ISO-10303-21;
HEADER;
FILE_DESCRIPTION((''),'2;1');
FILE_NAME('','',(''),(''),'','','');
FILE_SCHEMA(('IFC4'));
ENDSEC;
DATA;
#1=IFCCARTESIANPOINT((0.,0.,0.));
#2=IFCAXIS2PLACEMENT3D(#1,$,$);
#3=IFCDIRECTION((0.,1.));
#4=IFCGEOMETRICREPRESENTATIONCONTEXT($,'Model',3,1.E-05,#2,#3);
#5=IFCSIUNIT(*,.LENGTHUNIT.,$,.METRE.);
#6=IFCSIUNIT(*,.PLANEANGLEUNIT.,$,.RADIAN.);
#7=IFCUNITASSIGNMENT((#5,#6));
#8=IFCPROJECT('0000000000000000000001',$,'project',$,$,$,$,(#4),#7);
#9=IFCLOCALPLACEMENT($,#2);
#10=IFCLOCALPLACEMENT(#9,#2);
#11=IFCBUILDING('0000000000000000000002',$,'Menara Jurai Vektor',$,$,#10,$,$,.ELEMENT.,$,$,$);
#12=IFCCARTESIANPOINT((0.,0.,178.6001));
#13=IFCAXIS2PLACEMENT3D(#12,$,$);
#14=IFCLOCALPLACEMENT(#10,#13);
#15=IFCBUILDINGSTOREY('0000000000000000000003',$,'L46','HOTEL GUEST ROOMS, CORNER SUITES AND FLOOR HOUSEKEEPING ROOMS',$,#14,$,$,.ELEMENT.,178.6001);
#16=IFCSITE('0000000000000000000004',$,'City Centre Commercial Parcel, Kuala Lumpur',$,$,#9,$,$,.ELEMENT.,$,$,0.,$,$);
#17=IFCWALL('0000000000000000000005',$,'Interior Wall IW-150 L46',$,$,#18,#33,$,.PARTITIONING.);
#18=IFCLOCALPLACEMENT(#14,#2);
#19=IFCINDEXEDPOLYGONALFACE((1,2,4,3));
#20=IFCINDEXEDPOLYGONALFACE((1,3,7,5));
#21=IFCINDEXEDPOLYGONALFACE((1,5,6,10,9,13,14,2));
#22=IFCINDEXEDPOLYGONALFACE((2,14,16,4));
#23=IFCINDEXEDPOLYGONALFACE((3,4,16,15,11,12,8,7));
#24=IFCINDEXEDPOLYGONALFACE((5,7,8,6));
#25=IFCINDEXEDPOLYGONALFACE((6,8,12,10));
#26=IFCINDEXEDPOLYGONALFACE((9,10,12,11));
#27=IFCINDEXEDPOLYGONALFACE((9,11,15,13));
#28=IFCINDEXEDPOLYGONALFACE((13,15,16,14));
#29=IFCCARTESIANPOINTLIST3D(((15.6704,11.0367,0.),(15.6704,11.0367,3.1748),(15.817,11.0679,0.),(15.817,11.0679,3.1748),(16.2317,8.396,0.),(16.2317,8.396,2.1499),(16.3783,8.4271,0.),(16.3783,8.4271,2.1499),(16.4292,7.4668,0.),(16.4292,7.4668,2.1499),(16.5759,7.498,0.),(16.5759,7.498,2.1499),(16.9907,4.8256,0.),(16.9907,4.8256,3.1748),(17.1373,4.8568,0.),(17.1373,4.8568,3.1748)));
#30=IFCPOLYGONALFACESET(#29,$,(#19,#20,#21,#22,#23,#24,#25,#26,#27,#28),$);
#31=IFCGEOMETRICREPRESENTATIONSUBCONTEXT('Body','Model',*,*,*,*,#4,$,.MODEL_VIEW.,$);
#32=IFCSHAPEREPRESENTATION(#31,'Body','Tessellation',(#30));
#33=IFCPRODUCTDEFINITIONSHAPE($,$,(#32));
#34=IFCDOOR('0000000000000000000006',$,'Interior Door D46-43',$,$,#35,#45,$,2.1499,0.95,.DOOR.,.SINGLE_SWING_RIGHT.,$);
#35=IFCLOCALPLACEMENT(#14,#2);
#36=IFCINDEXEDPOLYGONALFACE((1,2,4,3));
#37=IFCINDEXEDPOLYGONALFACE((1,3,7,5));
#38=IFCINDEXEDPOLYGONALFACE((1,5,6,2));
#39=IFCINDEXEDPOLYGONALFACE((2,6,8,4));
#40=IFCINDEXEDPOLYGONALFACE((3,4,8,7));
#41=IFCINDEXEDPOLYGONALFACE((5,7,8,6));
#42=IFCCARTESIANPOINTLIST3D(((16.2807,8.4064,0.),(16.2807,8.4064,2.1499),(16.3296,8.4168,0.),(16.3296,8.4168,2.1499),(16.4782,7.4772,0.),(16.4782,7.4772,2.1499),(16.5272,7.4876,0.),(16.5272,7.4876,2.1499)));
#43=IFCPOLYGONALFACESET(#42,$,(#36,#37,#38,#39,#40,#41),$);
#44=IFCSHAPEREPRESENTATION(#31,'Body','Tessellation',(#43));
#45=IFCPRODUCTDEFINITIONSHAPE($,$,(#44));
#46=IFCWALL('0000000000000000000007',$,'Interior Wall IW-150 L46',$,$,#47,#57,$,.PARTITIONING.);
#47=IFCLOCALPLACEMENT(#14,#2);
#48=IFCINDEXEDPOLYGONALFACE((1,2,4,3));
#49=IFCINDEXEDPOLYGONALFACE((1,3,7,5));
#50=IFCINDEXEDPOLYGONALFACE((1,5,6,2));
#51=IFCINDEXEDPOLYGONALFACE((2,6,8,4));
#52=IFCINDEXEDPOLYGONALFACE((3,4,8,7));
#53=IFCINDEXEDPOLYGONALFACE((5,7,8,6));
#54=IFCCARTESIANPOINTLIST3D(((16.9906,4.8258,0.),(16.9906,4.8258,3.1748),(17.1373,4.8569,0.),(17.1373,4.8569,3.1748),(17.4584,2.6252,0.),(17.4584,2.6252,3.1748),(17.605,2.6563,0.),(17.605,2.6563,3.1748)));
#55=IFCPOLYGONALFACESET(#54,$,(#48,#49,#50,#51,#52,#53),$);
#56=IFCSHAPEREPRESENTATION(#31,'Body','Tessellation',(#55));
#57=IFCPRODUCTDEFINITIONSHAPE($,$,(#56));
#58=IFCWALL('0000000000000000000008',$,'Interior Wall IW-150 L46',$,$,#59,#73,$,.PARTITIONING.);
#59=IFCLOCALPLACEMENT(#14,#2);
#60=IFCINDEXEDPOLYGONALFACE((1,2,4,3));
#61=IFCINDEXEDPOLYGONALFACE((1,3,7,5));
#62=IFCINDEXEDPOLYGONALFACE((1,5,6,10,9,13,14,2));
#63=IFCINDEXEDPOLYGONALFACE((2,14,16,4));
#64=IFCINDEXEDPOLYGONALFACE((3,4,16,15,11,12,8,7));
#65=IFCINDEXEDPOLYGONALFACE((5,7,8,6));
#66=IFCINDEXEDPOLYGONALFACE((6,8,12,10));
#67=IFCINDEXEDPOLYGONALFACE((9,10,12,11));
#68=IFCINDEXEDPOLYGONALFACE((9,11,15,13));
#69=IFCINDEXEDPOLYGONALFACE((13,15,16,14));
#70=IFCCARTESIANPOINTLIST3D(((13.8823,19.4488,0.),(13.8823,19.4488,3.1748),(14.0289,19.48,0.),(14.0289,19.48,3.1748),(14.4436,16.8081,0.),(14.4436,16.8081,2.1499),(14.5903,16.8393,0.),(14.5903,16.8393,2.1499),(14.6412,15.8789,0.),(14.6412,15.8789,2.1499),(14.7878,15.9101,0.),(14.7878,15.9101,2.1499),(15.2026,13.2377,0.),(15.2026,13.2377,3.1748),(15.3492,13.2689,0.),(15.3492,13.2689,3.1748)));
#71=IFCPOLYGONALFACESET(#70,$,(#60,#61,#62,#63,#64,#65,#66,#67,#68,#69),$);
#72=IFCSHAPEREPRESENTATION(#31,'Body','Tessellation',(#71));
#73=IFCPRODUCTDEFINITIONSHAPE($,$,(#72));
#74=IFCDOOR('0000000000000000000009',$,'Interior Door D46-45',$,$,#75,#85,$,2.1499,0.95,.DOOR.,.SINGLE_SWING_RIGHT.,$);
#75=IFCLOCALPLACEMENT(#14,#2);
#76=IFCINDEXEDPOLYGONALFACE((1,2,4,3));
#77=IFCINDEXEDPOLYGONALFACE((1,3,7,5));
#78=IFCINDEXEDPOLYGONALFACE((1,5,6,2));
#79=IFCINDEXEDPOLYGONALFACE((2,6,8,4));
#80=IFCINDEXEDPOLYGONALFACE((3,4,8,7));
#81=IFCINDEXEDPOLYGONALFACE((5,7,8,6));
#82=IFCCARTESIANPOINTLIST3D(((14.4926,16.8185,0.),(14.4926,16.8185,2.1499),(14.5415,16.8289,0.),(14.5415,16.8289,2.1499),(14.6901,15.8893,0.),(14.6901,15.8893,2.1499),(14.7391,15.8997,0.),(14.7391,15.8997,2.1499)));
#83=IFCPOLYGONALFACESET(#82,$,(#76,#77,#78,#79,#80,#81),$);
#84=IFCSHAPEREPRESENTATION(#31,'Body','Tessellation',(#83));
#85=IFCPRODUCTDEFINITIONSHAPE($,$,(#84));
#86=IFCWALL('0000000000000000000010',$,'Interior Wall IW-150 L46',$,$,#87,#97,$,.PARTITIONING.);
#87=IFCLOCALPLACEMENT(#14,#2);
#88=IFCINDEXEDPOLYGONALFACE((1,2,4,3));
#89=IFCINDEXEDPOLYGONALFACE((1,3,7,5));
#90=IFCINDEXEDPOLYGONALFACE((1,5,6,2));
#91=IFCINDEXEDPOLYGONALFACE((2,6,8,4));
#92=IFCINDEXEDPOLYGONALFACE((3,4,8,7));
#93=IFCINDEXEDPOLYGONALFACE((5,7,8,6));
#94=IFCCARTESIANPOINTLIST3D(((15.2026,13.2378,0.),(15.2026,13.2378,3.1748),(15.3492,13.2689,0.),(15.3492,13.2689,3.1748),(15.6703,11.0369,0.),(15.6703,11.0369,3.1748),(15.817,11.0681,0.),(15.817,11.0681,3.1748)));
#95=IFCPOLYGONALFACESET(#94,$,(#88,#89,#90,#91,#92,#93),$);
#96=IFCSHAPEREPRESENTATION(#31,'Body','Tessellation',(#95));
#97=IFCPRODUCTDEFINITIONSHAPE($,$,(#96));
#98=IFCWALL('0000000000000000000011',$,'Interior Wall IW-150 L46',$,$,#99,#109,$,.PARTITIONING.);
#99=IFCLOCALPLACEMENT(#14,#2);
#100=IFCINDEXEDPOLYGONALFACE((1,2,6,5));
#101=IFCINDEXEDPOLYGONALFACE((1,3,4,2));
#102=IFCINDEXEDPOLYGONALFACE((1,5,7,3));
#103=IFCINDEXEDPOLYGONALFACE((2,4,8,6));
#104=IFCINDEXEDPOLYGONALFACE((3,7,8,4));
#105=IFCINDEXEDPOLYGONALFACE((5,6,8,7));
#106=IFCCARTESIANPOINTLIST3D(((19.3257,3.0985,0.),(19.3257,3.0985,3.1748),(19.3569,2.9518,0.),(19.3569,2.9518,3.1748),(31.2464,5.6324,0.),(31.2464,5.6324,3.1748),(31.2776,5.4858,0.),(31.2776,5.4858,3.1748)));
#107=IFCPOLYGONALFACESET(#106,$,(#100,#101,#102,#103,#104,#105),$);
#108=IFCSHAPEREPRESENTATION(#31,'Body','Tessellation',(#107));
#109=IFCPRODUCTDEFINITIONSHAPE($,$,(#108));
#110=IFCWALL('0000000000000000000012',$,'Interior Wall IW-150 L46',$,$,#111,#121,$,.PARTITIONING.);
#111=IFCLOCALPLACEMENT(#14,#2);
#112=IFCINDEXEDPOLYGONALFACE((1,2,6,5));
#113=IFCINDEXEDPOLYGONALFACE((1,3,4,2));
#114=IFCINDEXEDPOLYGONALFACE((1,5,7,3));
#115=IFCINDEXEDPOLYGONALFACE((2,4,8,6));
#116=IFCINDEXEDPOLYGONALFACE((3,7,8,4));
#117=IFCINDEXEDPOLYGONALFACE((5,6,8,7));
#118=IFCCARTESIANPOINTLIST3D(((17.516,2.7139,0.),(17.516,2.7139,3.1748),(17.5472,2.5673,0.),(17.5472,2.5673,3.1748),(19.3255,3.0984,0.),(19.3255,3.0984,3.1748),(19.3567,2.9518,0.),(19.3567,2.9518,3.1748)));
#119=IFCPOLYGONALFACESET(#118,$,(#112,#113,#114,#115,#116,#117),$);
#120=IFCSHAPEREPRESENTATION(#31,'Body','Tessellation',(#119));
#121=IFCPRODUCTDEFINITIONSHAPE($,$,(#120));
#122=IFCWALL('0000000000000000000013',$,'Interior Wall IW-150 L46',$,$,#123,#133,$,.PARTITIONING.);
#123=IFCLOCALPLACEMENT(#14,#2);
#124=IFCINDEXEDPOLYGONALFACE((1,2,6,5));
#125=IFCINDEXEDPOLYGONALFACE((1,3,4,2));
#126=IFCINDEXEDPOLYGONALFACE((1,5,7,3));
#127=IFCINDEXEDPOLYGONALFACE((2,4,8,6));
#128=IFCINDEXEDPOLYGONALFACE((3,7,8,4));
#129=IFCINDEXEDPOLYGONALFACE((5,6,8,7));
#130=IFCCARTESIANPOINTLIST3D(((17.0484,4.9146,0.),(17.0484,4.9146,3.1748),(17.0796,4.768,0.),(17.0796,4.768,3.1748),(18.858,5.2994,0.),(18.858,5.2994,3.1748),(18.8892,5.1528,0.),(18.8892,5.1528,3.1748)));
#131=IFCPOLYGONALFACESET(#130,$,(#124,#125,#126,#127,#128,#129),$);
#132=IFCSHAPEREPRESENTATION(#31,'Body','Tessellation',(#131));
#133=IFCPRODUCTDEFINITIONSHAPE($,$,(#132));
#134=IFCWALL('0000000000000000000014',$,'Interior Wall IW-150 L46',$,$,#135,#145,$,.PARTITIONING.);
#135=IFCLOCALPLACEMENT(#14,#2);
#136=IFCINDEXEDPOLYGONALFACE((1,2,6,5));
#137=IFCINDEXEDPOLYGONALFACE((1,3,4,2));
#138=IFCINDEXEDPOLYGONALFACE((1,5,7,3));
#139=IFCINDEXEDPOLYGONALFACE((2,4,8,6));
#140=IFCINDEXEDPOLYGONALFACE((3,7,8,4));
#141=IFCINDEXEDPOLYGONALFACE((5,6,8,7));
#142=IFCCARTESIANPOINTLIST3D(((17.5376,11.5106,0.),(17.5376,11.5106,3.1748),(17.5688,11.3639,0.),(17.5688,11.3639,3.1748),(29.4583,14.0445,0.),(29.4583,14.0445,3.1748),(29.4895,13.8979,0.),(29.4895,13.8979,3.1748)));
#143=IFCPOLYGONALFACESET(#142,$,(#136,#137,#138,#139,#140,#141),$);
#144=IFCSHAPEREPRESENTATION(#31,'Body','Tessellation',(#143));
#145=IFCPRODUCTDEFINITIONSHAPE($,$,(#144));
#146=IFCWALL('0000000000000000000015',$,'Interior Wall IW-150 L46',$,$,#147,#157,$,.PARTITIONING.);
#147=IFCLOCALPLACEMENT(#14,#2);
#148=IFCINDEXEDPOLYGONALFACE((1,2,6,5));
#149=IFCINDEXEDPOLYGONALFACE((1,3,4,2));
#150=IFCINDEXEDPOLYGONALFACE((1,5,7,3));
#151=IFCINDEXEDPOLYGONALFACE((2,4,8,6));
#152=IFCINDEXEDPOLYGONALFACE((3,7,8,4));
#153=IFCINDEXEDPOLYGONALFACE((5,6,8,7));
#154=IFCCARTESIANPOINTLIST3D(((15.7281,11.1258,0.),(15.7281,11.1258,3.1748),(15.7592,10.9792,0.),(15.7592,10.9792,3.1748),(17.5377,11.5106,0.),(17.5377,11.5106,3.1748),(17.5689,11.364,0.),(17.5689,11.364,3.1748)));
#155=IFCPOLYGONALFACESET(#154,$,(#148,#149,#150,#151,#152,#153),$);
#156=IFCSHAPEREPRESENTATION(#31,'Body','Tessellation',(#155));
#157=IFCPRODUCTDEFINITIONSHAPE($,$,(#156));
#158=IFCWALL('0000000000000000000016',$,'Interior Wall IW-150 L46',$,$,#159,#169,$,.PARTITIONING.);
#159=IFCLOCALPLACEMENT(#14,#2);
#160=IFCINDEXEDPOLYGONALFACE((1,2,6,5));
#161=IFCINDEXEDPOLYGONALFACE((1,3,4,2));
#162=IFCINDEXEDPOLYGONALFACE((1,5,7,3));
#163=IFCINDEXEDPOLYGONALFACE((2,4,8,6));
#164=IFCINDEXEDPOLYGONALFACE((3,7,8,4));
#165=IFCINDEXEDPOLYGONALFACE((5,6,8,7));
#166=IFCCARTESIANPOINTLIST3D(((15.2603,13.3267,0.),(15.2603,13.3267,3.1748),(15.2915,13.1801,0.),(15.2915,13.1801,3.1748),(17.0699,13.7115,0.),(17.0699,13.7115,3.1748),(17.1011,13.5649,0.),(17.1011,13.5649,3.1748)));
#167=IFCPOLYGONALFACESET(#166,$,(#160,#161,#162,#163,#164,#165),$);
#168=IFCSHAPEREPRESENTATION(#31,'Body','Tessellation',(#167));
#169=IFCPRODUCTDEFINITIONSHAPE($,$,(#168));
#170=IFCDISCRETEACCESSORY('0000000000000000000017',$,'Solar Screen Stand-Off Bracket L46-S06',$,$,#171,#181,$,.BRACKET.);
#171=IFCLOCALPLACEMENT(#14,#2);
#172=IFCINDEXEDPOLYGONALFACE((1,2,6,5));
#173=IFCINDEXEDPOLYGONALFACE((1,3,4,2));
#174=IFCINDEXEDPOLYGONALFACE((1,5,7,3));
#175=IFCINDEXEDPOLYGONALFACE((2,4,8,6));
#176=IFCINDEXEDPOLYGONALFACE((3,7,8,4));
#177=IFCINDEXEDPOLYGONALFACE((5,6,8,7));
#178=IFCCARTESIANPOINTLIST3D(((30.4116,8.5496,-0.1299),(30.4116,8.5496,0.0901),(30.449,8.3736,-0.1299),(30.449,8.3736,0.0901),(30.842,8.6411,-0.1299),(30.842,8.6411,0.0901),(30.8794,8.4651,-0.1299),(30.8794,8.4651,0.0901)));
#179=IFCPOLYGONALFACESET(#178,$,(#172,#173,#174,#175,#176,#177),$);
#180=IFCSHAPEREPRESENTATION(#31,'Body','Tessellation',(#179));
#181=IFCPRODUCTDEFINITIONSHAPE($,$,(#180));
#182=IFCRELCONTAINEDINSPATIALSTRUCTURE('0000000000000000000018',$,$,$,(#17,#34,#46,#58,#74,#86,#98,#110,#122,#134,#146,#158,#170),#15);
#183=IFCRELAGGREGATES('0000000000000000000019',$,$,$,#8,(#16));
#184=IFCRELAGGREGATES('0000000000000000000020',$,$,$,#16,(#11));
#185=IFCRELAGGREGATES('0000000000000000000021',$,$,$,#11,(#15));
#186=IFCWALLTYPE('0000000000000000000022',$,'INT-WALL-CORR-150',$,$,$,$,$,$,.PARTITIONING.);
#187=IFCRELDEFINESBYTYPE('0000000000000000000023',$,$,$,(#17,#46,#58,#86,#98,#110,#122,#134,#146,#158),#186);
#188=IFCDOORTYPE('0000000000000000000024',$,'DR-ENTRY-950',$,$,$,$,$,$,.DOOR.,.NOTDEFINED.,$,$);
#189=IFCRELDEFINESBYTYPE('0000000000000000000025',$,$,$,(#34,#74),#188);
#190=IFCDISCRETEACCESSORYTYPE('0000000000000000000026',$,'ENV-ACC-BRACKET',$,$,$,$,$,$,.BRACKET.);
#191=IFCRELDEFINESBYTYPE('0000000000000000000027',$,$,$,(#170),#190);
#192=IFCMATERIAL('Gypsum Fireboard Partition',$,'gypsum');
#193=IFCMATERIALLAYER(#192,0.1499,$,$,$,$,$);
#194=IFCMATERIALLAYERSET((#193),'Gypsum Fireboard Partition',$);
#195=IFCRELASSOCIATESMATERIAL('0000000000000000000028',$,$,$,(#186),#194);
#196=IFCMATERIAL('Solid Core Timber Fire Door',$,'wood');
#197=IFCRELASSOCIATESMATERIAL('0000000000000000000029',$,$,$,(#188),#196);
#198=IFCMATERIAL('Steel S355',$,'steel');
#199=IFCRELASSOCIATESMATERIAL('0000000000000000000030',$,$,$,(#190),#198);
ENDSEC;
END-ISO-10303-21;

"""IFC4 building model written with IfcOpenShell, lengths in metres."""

from ifc_helpers import new_model, si_unit, direction, frame, frame_2d, origin, origin_2d, place, context, subcontext, project, spatial, rectangle, extrude, material, layer, layer_set, type_object, element, fill, save


model = new_model("IFC4")

# Units and contexts
model_context = context("Model", 3, precision=1e-05, world=origin(), true_north=direction((0.0, 1.0)))
body_context = subcontext(model_context, "Body", "Model", "MODEL_VIEW")
ifc_project = project(units=[si_unit("LENGTHUNIT", "METRE"), si_unit("PLANEANGLEUNIT", "RADIAN")], contexts=[model_context])

# Site, building, storey
site_placement = place(None, origin())
site = spatial("IfcSite", under=ifc_project, at=site_placement, Name="City Centre Commercial Parcel, Kuala Lumpur", CompositionType="ELEMENT", RefElevation=0.0)
building_placement = place(site_placement, origin())
building = spatial("IfcBuilding", under=site, at=building_placement, Name="Menara Jurai Vektor", CompositionType="ELEMENT")
storey_placement = place(building_placement, frame((0.0, 0.0, 178.6001)))
storey = spatial("IfcBuildingStorey", under=building, at=storey_placement, Name="L46", Description="HOTEL GUEST ROOMS, CORNER SUITES AND FLOOR HOUSEKEEPING ROOMS", CompositionType="ELEMENT", Elevation=178.6001)

# Shared definitions
ifc_material_1 = material(Name="Steel S355", Category="steel")

# Wall, opening, door
ifc_material_2 = material(Name="Gypsum Fireboard Partition", Category="gypsum")
ifc_layer_1 = layer(ifc_material_2, 0.1499)
ifc_layer_set_1 = layer_set([ifc_layer_1], Name="Gypsum Fireboard Partition")
wall_type = type_object("IfcWallType", Name="INT-WALL-CORR-150", PredefinedType="PARTITIONING", material=ifc_layer_set_1)
wall_1_placement = place(storey_placement, frame((17.064, 4.8413, 0.0), z_axis=(0.0, 0.0, 1.0), x_axis=(-0.207925, 0.978145, 0.0)))
wall_1 = element("IfcWall", 1, at=wall_1_placement, inside=storey, type_object=wall_type, Name="Interior Wall IW-150 L46", PredefinedType="PARTITIONING", context=body_context, shape_type="SweptSolid", body=[
    extrude(rectangle(XDim=6.3499, YDim=0.1499, at=frame_2d((3.1748, 0.0))), origin(), (0.0, 0.0, 1.0), 3.1748),
])
opening_1_placement = place(wall_1_placement, frame((2.7, 0.0, 0.0)))
opening_1 = element("IfcOpeningElement", 2, at=opening_1_placement, cuts=wall_1, PredefinedType="OPENING", context=body_context, shape_type="SweptSolid", body=[
    extrude(rectangle(XDim=0.95, YDim=2.1499, at=frame_2d((0.4751, 1.075))), frame((0.0, 0.085, 0.0), z_axis=(0.0, -1.0, 0.0), x_axis=(1.0, 0.0, 0.0)), (0.0, 0.0, 1.0), 0.1699),
])
ifc_material_3 = material(Name="Solid Core Timber Fire Door", Category="wood")
door_type_1 = type_object("IfcDoorType", Name="DR-ENTRY-950", OperationType="NOTDEFINED", PredefinedType="DOOR", material=ifc_material_3)
door_1_placement = place(opening_1_placement, origin())
door_1 = element("IfcDoor", 3, at=door_1_placement, inside=storey, type_object=door_type_1, Name="Interior Door D46-43", OperationType="SINGLE_SWING_RIGHT", OverallHeight=2.1499, OverallWidth=0.95, PredefinedType="DOOR", context=body_context, shape_type="SweptSolid", body=[
    extrude(rectangle(XDim=0.95, YDim=2.1499, at=frame_2d((0.4751, 1.075))), frame((0.0, 0.0249, 0.0), z_axis=(0.0, -1.0, 0.0), x_axis=(1.0, 0.0, 0.0)), (0.0, 0.0, 1.0), 0.05),
])
fill(opening_1, door_1)

# Wall
wall_2_placement = place(storey_placement, frame((17.5317, 2.6406, 0.0), z_axis=(0.0, 0.0, 1.0), x_axis=(-0.207913, 0.978147, 0.0)))
element("IfcWall", 4, at=wall_2_placement, inside=storey, type_object=wall_type, Name="Interior Wall IW-150 L46", PredefinedType="PARTITIONING", context=body_context, shape_type="SweptSolid", body=[
    extrude(rectangle(XDim=2.2498, YDim=0.1499, at=frame_2d((1.125, 0.0))), origin(), (0.0, 0.0, 1.0), 3.1748),
])

# Wall, opening, door
wall_3_placement = place(storey_placement, frame((15.2759, 13.2534, 0.0), z_axis=(0.0, 0.0, 1.0), x_axis=(-0.207925, 0.978145, 0.0)))
wall_3 = element("IfcWall", 5, at=wall_3_placement, inside=storey, type_object=wall_type, Name="Interior Wall IW-150 L46", PredefinedType="PARTITIONING", context=body_context, shape_type="SweptSolid", body=[
    extrude(rectangle(XDim=6.3499, YDim=0.1499, at=frame_2d((3.1748, 0.0))), origin(), (0.0, 0.0, 1.0), 3.1748),
])
opening_2_placement = place(wall_3_placement, frame((2.7, 0.0, 0.0)))
opening_2 = element("IfcOpeningElement", 6, at=opening_2_placement, cuts=wall_3, PredefinedType="OPENING", context=body_context, shape_type="SweptSolid", body=[
    extrude(rectangle(XDim=0.95, YDim=2.1499, at=frame_2d((0.4751, 1.075))), frame((0.0, 0.085, 0.0), z_axis=(0.0, -1.0, 0.0), x_axis=(1.0, 0.0, 0.0)), (0.0, 0.0, 1.0), 0.1699),
])
door_2_placement = place(opening_2_placement, origin())
door_2 = element("IfcDoor", 7, at=door_2_placement, inside=storey, type_object=door_type_1, Name="Interior Door D46-45", OperationType="SINGLE_SWING_RIGHT", OverallHeight=2.1499, OverallWidth=0.95, PredefinedType="DOOR", context=body_context, shape_type="SweptSolid", body=[
    extrude(rectangle(XDim=0.95, YDim=2.1499, at=frame_2d((0.4751, 1.075))), frame((0.0, 0.0249, 0.0), z_axis=(0.0, -1.0, 0.0), x_axis=(1.0, 0.0, 0.0)), (0.0, 0.0, 1.0), 0.05),
])
fill(opening_2, door_2)

# Walls
wall_4_placement = place(storey_placement, frame((15.7437, 11.0525, 0.0), z_axis=(0.0, 0.0, 1.0), x_axis=(-0.207891, 0.978152, 0.0)))
element("IfcWall", 8, at=wall_4_placement, inside=storey, type_object=wall_type, Name="Interior Wall IW-150 L46", PredefinedType="PARTITIONING", context=body_context, shape_type="SweptSolid", body=[
    extrude(rectangle(XDim=2.25, YDim=0.1499, at=frame_2d((1.125, 0.0))), origin(), (0.0, 0.0, 1.0), 3.1748),
])
wall_5_placement = place(storey_placement, frame((19.3413, 3.0251, 0.0), z_axis=(0.0, 0.0, 1.0), x_axis=(0.978146, 0.207921, 0.0)))
element("IfcWall", 9, at=wall_5_placement, inside=storey, type_object=wall_type, Name="Interior Wall IW-150 L46", PredefinedType="PARTITIONING", context=body_context, shape_type="SweptSolid", body=[
    extrude(rectangle(XDim=12.187, YDim=0.1499, at=frame_2d((6.0935, 0.0))), origin(), (0.0, 0.0, 1.0), 3.1748),
])
wall_6_placement = place(storey_placement, frame((17.5317, 2.6406, 0.0), z_axis=(0.0, 0.0, 1.0), x_axis=(0.97816, 0.207852, 0.0)))
element("IfcWall", 10, at=wall_6_placement, inside=storey, type_object=wall_type, Name="Interior Wall IW-150 L46", PredefinedType="PARTITIONING", context=body_context, shape_type="SweptSolid", body=[
    extrude(rectangle(XDim=1.8499, YDim=0.1499, at=frame_2d((0.9248, 0.0))), origin(), (0.0, 0.0, 1.0), 3.1748),
])
wall_7_placement = place(storey_placement, frame((17.064, 4.8413, 0.0), z_axis=(0.0, 0.0, 1.0), x_axis=(0.978133, 0.207979, 0.0)))
element("IfcWall", 11, at=wall_7_placement, inside=storey, type_object=wall_type, Name="Interior Wall IW-150 L46", PredefinedType="PARTITIONING", context=body_context, shape_type="SweptSolid", body=[
    extrude(rectangle(XDim=1.8501, YDim=0.1499, at=frame_2d((0.925, 0.0))), origin(), (0.0, 0.0, 1.0), 3.1748),
])

# Walls
wall_8_placement = place(storey_placement, frame((17.5532, 11.4373, 0.0), z_axis=(0.0, 0.0, 1.0), x_axis=(0.978146, 0.207921, 0.0)))
element("IfcWall", 12, at=wall_8_placement, inside=storey, type_object=wall_type, Name="Interior Wall IW-150 L46", PredefinedType="PARTITIONING", context=body_context, shape_type="SweptSolid", body=[
    extrude(rectangle(XDim=12.187, YDim=0.1499, at=frame_2d((6.0935, 0.0))), origin(), (0.0, 0.0, 1.0), 3.1748),
])
for number, where, z_axis, x_axis, name in (
    (13, (15.7437, 11.0525, 0.0), (0.0, 0.0, 1.0), (0.978133, 0.207979, 0.0), "Interior Wall IW-150 L46"),
    (14, (15.2759, 13.2534, 0.0), (0.0, 0.0, 1.0), (0.978133, 0.207979, 0.0), "Interior Wall IW-150 L46"),
):
    element("IfcWall", number, at=place(storey_placement, frame(where, z_axis=z_axis, x_axis=x_axis)), inside=storey, type_object=wall_type, Name=name, PredefinedType="PARTITIONING", context=body_context, shape_type="SweptSolid", body=[
        extrude(rectangle(XDim=1.8501, YDim=0.1499, at=frame_2d((0.925, 0.0))), origin(), (0.0, 0.0, 1.0), 3.1748),
    ])

# Discrete accessory
discrete_accessory_type = type_object("IfcDiscreteAccessoryType", Name="ENV-ACC-BRACKET", PredefinedType="BRACKET", material=ifc_material_1)
discrete_accessory_placement = place(storey_placement, frame((30.6455, 8.5073, -0.1299), z_axis=(0.0, 0.0, 1.0), x_axis=(-0.207912, 0.978148, 0.0)))
element("IfcDiscreteAccessory", 15, at=discrete_accessory_placement, inside=storey, type_object=discrete_accessory_type, Name="Solar Screen Stand-Off Bracket L46-S06", PredefinedType="BRACKET", context=body_context, shape_type="SweptSolid", body=[
    extrude(rectangle(XDim=0.1799, YDim=0.4399, at=origin_2d()), origin(), (0.0, 0.0, 1.0), 0.22),
])

save(model, "model.ifc")
